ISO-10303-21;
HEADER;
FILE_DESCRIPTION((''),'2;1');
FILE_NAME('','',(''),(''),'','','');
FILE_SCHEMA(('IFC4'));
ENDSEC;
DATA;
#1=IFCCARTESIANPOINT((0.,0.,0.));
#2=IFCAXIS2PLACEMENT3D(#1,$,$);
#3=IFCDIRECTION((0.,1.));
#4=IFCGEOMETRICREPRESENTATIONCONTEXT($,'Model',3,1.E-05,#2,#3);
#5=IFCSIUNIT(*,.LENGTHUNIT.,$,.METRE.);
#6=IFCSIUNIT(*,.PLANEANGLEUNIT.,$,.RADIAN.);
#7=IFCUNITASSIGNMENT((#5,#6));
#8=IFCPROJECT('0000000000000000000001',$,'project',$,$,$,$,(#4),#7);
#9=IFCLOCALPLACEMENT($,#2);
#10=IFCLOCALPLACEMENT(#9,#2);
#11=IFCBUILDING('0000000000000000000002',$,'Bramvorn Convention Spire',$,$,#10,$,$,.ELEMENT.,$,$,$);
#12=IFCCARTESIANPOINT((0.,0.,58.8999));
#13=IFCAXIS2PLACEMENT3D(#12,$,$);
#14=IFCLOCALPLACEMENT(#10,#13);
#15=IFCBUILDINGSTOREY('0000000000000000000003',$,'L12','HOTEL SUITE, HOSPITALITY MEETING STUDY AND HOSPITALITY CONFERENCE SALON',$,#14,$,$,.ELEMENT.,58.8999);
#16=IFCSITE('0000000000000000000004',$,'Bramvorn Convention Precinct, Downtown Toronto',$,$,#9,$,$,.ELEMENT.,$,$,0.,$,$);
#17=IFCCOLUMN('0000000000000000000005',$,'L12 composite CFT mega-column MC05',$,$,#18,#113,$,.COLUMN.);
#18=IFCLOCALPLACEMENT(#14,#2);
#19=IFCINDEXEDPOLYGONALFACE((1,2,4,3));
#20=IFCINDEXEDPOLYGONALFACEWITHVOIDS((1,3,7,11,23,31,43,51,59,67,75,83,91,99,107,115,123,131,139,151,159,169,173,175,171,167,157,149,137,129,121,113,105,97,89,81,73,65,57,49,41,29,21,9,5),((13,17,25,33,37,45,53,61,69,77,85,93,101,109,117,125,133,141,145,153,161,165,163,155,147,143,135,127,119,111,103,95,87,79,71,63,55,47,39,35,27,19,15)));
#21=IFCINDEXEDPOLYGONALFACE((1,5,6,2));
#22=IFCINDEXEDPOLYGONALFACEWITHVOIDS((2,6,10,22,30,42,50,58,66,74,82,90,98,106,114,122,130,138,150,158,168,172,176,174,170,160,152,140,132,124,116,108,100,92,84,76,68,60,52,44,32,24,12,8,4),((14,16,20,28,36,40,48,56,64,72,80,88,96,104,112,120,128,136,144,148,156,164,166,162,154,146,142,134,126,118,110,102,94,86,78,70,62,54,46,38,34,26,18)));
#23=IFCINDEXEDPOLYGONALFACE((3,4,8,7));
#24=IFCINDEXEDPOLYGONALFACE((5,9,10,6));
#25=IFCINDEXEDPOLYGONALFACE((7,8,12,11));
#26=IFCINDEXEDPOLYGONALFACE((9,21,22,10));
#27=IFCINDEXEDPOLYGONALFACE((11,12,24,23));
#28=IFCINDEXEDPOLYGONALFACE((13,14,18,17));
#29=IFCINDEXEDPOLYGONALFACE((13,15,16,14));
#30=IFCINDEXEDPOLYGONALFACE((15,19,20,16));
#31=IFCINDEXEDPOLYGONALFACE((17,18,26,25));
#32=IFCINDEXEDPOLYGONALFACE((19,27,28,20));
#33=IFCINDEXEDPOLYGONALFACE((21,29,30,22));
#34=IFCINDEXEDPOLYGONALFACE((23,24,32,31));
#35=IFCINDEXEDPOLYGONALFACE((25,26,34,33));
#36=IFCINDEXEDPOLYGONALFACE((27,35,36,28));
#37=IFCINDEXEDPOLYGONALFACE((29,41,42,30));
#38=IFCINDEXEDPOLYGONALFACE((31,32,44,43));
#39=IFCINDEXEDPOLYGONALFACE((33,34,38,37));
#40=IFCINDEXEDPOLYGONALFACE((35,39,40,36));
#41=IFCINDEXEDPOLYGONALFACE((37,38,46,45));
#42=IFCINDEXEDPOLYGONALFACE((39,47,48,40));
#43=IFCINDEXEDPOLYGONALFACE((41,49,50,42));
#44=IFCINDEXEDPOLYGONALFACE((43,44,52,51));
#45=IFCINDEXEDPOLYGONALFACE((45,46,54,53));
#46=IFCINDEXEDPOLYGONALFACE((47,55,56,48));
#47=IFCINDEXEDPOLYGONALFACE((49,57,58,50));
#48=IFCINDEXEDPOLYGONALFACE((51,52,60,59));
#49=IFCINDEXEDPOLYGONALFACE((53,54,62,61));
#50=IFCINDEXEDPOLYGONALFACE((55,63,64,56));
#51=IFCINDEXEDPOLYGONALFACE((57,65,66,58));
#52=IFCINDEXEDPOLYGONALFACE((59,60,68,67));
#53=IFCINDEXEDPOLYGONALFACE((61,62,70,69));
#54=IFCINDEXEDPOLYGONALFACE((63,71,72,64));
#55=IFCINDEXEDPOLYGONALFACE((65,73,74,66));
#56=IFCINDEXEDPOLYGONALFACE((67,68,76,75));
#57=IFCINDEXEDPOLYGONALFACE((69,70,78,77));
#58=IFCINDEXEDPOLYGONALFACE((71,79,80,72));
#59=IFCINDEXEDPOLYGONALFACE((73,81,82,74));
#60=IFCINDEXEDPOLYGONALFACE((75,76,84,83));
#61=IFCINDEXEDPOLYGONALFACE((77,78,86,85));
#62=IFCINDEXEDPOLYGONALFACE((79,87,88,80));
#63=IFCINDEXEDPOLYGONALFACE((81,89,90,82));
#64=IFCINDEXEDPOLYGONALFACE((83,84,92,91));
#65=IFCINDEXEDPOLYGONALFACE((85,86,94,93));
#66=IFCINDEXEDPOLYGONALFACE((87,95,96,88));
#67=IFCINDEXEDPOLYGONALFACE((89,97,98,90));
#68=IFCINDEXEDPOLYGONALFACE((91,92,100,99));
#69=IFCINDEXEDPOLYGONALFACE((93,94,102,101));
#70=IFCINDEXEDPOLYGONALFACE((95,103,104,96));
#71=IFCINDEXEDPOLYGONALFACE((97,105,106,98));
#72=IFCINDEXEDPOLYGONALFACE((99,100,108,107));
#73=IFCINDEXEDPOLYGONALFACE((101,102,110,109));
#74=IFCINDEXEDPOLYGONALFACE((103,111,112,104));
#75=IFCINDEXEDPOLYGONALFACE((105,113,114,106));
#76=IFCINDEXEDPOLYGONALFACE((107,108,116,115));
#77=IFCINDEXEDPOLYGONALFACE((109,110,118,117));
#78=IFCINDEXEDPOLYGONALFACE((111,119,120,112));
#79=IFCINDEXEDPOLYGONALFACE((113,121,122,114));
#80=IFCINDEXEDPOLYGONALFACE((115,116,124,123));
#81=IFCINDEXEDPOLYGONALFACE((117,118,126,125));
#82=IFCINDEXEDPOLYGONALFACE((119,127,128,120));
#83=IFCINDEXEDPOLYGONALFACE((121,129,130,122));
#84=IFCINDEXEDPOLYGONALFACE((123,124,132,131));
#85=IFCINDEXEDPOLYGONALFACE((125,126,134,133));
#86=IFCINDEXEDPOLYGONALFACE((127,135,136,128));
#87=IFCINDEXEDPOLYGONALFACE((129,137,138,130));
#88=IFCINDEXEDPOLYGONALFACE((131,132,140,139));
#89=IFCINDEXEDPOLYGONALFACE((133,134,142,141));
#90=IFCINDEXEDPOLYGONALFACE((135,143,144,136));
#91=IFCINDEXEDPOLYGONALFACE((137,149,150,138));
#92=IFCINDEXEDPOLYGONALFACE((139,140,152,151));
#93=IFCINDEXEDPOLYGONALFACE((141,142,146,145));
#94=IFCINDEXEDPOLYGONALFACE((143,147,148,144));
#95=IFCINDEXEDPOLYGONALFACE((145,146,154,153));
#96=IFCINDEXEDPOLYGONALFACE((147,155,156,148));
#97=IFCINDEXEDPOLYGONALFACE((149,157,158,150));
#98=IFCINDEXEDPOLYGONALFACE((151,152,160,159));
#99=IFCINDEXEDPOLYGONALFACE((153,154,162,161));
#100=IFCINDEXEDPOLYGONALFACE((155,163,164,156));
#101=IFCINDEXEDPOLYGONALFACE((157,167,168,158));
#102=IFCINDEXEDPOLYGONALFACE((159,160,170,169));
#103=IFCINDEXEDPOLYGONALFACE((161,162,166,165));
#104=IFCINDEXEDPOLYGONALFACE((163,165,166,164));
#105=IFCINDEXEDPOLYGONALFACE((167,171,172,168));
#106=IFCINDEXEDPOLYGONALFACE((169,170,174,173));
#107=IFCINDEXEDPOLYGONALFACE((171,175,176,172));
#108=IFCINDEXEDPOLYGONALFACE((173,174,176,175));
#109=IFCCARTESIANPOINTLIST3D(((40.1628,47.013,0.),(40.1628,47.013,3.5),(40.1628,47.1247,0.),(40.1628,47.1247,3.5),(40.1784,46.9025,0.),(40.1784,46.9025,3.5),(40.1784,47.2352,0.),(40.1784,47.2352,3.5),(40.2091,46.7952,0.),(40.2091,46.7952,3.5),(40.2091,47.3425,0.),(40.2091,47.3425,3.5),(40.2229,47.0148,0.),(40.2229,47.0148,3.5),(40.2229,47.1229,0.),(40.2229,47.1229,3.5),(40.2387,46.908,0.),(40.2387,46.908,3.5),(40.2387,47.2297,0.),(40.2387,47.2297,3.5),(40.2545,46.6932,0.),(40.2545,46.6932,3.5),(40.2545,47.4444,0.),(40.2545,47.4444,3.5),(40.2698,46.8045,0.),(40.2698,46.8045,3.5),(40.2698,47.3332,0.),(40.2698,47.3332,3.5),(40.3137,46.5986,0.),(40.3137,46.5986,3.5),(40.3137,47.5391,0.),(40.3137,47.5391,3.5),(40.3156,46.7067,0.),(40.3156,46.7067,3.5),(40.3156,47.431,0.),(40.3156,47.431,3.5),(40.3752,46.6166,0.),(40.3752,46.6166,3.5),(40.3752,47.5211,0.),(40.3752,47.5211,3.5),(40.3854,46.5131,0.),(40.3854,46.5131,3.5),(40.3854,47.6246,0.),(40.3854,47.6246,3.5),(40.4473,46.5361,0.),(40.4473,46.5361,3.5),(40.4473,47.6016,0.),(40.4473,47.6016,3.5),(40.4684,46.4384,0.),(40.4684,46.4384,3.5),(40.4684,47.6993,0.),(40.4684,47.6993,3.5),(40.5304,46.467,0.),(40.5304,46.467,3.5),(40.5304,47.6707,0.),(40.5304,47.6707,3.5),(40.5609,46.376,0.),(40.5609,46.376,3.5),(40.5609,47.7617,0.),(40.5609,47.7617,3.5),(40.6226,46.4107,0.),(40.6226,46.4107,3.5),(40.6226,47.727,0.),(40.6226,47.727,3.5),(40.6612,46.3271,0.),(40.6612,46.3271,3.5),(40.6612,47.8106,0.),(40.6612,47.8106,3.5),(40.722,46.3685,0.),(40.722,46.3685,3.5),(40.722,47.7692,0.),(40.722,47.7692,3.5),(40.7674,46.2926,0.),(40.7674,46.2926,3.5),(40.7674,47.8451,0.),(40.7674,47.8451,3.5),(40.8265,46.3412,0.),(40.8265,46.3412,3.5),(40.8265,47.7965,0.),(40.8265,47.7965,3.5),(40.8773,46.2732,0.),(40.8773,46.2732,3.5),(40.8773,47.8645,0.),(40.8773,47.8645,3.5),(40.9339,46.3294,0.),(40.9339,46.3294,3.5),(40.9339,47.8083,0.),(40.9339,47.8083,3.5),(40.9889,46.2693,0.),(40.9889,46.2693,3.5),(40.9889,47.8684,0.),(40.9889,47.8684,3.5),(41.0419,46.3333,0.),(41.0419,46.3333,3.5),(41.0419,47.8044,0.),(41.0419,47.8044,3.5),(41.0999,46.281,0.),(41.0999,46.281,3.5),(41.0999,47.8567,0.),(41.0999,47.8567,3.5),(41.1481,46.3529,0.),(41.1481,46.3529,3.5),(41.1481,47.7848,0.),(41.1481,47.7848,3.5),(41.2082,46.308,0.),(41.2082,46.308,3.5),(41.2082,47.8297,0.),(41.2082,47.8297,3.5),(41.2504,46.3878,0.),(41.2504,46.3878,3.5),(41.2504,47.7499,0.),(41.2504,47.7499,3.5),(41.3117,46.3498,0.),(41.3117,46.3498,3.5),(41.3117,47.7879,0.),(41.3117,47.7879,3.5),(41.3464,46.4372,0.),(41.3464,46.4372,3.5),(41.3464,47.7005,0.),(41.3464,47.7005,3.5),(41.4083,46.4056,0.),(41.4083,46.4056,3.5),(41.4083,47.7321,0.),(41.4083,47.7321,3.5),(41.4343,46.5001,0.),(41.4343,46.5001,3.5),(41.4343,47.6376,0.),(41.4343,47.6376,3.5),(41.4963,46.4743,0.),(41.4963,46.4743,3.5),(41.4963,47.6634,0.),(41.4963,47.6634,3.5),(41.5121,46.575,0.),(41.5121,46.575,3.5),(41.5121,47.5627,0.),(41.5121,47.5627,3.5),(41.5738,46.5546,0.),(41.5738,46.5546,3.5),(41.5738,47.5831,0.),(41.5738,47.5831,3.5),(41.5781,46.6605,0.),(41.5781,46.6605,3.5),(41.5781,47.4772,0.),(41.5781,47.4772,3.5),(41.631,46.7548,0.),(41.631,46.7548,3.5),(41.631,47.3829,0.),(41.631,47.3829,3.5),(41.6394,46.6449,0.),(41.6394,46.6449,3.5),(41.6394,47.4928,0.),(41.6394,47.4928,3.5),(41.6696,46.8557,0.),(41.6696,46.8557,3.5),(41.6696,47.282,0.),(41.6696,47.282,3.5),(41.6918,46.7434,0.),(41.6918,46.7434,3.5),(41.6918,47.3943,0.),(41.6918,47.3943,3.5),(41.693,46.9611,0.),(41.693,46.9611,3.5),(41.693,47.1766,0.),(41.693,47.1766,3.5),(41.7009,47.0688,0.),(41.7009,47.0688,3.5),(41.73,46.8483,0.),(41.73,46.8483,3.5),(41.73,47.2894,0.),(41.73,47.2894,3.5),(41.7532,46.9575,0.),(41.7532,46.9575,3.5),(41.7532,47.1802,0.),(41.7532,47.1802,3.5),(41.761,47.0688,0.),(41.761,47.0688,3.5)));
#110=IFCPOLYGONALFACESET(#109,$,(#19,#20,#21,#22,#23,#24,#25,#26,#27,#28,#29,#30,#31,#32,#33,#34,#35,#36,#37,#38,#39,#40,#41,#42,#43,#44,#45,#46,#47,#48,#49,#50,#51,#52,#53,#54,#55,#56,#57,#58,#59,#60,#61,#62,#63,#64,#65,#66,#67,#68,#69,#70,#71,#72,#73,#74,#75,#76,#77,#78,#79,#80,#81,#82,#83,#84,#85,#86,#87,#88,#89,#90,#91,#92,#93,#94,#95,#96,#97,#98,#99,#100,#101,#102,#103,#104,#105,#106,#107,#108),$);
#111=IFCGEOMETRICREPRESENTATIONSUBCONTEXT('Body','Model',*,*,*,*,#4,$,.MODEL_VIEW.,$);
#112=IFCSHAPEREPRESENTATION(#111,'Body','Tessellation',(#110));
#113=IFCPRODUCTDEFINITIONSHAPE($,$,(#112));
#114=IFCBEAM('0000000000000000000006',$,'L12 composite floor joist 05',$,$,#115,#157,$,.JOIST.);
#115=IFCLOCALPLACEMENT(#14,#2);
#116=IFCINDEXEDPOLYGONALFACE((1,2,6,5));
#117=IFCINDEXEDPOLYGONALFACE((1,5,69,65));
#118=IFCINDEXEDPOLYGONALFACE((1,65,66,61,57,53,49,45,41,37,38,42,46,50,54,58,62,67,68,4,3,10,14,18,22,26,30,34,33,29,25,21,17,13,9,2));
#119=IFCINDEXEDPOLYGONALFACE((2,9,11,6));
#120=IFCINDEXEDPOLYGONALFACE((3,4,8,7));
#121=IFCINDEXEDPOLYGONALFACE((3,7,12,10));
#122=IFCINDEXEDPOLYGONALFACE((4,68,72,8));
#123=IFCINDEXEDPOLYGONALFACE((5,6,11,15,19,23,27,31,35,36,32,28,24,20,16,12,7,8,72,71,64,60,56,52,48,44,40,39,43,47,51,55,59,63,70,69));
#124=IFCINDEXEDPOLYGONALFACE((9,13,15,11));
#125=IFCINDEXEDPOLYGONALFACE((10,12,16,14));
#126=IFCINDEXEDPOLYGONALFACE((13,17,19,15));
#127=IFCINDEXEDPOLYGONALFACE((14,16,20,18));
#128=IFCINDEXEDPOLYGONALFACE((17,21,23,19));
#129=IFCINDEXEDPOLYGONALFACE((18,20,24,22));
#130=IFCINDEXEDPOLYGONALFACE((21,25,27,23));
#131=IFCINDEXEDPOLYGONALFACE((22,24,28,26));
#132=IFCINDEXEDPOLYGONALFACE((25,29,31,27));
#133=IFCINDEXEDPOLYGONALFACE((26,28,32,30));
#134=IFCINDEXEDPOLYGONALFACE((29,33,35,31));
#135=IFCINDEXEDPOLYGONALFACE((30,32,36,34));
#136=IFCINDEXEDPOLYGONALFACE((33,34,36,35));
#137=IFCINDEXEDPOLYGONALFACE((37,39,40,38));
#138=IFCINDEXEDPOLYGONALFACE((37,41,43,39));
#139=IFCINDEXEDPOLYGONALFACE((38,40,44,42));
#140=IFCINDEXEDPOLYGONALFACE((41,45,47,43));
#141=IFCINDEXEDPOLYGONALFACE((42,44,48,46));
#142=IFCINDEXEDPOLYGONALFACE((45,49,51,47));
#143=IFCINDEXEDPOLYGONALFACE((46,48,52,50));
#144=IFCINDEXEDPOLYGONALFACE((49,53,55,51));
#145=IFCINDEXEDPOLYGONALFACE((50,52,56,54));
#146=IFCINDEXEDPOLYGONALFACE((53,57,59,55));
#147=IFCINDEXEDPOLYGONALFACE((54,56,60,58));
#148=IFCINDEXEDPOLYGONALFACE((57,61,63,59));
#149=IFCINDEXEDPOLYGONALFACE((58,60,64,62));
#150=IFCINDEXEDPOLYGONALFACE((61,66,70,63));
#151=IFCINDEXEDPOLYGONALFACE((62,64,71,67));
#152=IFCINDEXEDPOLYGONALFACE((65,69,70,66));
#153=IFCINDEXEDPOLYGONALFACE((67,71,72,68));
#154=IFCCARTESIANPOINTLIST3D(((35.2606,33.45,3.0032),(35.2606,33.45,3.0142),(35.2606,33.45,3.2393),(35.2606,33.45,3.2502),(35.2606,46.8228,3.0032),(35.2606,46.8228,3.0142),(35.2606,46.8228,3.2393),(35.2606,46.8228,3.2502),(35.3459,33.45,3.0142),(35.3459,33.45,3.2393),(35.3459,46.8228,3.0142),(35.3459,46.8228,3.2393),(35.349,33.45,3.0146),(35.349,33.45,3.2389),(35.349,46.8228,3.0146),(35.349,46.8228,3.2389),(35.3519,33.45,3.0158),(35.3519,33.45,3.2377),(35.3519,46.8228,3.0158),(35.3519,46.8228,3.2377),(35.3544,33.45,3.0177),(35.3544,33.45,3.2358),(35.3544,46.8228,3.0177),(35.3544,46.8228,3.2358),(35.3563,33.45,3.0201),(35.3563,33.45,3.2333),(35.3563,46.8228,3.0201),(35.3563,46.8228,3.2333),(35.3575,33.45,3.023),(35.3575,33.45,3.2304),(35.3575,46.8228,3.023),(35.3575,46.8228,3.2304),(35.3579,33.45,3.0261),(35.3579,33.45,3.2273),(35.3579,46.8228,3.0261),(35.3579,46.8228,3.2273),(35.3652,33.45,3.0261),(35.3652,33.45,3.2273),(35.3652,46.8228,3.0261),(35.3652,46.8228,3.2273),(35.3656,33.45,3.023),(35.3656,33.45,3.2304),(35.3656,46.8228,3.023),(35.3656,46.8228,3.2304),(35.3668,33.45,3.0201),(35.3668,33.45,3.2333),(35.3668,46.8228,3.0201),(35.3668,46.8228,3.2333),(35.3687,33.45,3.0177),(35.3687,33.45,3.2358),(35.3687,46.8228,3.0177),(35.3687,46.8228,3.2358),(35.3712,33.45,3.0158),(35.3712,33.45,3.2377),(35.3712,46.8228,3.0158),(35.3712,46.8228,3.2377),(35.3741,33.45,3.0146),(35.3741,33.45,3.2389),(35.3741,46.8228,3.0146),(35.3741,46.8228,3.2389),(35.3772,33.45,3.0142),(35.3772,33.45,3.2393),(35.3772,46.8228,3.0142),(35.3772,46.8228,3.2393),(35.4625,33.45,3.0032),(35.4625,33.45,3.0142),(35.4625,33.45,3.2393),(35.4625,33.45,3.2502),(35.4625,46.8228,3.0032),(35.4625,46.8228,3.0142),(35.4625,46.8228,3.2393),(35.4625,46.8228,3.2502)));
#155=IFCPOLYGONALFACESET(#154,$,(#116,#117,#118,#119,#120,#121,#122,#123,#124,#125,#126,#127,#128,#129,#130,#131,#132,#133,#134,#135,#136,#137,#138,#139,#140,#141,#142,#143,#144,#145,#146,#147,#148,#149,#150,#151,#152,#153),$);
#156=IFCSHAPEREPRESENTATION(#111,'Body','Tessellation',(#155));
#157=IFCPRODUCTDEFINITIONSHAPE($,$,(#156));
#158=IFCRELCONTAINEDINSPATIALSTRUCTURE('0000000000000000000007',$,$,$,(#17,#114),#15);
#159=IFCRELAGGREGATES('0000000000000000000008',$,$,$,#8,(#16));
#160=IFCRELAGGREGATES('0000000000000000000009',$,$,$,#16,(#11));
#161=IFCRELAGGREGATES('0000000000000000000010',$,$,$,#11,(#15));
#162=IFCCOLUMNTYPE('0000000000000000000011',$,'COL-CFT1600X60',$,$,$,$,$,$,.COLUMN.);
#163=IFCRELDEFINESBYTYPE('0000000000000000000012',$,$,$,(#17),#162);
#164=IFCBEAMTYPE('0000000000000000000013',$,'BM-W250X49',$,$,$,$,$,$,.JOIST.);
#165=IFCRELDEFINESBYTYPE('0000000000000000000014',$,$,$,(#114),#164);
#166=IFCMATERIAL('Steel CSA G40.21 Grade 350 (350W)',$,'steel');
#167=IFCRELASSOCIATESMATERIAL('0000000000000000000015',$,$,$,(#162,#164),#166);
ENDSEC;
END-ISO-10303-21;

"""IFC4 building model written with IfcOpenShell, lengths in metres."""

from ifc_helpers import new_model, si_unit, direction, frame, origin, origin_2d, place, context, subcontext, project, spatial, hollow_circle, i_section, extrude, material, material_profile, profile_set, type_object, element, save


model = new_model("IFC4")

# Units and contexts
model_context = context("Model", 3, precision=1e-05, world=origin(), true_north=direction((0.0, 1.0)))
body_context = subcontext(model_context, "Body", "Model", "MODEL_VIEW")
ifc_project = project(units=[si_unit("LENGTHUNIT", "METRE"), si_unit("PLANEANGLEUNIT", "RADIAN")], contexts=[model_context])

# Site, building, storey
site_placement = place(None, origin())
site = spatial("IfcSite", under=ifc_project, at=site_placement, Name="Bramvorn Convention Precinct, Downtown Toronto", CompositionType="ELEMENT", RefElevation=0.0)
building_placement = place(site_placement, origin())
building = spatial("IfcBuilding", under=site, at=building_placement, Name="Bramvorn Convention Spire", CompositionType="ELEMENT")
storey_placement = place(building_placement, frame((0.0, 0.0, 58.8999)))
storey = spatial("IfcBuildingStorey", under=building, at=storey_placement, Name="L12", Description="HOTEL SUITE, HOSPITALITY MEETING STUDY AND HOSPITALITY CONFERENCE SALON", CompositionType="ELEMENT", Elevation=58.8999)

# Column
ifc_material_1 = material(Name="Steel CSA G40.21 Grade 350 (350W)", Category="steel")
ifc_material_profile_1 = material_profile(ifc_material_1, hollow_circle(Radius=0.8, WallThickness=0.0601, at=origin_2d()))
ifc_profile_set_1 = profile_set([ifc_material_profile_1], Name="Steel CSA G40.21 Grade 350 (350W) - CFT1600X60")
column_type = type_object("IfcColumnType", Name="COL-CFT1600X60", PredefinedType="COLUMN", material=ifc_profile_set_1)
column_placement = place(storey_placement, frame((40.9609, 47.0688, 0.0), z_axis=(0.0, 0.0, 1.0), x_axis=(1.0, 0.0, 0.0)))
element("IfcColumn", 1, at=column_placement, inside=storey, type_object=column_type, Name="L12 composite CFT mega-column MC05", PredefinedType="COLUMN", context=body_context, shape_type="SweptSolid", body=[
    extrude(hollow_circle(Radius=0.8, WallThickness=0.0601, at=origin_2d()), origin(), (0.0, 0.0, 1.0), 3.5),
])

# Beam
ifc_material_profile_2 = material_profile(ifc_material_1, i_section(OverallWidth=0.2019, OverallDepth=0.2471, WebThickness=0.0073, FlangeThickness=0.011, FilletRadius=0.012, at=origin_2d()))
ifc_profile_set_2 = profile_set([ifc_material_profile_2], Name="Steel CSA G40.21 Grade 350 (350W) - W250X49")
beam_type_1 = type_object("IfcBeamType", Name="BM-W250X49", PredefinedType="JOIST", material=ifc_profile_set_2)
beam_1_placement = place(storey_placement, frame((35.3616, 33.45, 3.1267), z_axis=(0.0, 1.0, 0.0), x_axis=(-1.0, 0.0, 0.0)))
element("IfcBeam", 2, at=beam_1_placement, inside=storey, type_object=beam_type_1, Name="L12 composite floor joist 05", PredefinedType="JOIST", context=body_context, shape_type="SweptSolid", body=[
    extrude(i_section(OverallWidth=0.2019, OverallDepth=0.2471, WebThickness=0.0073, FlangeThickness=0.011, FilletRadius=0.012, at=origin_2d()), origin(), (0.0, 0.0, 1.0), 13.3728),
])

save(model, "model.ifc")
